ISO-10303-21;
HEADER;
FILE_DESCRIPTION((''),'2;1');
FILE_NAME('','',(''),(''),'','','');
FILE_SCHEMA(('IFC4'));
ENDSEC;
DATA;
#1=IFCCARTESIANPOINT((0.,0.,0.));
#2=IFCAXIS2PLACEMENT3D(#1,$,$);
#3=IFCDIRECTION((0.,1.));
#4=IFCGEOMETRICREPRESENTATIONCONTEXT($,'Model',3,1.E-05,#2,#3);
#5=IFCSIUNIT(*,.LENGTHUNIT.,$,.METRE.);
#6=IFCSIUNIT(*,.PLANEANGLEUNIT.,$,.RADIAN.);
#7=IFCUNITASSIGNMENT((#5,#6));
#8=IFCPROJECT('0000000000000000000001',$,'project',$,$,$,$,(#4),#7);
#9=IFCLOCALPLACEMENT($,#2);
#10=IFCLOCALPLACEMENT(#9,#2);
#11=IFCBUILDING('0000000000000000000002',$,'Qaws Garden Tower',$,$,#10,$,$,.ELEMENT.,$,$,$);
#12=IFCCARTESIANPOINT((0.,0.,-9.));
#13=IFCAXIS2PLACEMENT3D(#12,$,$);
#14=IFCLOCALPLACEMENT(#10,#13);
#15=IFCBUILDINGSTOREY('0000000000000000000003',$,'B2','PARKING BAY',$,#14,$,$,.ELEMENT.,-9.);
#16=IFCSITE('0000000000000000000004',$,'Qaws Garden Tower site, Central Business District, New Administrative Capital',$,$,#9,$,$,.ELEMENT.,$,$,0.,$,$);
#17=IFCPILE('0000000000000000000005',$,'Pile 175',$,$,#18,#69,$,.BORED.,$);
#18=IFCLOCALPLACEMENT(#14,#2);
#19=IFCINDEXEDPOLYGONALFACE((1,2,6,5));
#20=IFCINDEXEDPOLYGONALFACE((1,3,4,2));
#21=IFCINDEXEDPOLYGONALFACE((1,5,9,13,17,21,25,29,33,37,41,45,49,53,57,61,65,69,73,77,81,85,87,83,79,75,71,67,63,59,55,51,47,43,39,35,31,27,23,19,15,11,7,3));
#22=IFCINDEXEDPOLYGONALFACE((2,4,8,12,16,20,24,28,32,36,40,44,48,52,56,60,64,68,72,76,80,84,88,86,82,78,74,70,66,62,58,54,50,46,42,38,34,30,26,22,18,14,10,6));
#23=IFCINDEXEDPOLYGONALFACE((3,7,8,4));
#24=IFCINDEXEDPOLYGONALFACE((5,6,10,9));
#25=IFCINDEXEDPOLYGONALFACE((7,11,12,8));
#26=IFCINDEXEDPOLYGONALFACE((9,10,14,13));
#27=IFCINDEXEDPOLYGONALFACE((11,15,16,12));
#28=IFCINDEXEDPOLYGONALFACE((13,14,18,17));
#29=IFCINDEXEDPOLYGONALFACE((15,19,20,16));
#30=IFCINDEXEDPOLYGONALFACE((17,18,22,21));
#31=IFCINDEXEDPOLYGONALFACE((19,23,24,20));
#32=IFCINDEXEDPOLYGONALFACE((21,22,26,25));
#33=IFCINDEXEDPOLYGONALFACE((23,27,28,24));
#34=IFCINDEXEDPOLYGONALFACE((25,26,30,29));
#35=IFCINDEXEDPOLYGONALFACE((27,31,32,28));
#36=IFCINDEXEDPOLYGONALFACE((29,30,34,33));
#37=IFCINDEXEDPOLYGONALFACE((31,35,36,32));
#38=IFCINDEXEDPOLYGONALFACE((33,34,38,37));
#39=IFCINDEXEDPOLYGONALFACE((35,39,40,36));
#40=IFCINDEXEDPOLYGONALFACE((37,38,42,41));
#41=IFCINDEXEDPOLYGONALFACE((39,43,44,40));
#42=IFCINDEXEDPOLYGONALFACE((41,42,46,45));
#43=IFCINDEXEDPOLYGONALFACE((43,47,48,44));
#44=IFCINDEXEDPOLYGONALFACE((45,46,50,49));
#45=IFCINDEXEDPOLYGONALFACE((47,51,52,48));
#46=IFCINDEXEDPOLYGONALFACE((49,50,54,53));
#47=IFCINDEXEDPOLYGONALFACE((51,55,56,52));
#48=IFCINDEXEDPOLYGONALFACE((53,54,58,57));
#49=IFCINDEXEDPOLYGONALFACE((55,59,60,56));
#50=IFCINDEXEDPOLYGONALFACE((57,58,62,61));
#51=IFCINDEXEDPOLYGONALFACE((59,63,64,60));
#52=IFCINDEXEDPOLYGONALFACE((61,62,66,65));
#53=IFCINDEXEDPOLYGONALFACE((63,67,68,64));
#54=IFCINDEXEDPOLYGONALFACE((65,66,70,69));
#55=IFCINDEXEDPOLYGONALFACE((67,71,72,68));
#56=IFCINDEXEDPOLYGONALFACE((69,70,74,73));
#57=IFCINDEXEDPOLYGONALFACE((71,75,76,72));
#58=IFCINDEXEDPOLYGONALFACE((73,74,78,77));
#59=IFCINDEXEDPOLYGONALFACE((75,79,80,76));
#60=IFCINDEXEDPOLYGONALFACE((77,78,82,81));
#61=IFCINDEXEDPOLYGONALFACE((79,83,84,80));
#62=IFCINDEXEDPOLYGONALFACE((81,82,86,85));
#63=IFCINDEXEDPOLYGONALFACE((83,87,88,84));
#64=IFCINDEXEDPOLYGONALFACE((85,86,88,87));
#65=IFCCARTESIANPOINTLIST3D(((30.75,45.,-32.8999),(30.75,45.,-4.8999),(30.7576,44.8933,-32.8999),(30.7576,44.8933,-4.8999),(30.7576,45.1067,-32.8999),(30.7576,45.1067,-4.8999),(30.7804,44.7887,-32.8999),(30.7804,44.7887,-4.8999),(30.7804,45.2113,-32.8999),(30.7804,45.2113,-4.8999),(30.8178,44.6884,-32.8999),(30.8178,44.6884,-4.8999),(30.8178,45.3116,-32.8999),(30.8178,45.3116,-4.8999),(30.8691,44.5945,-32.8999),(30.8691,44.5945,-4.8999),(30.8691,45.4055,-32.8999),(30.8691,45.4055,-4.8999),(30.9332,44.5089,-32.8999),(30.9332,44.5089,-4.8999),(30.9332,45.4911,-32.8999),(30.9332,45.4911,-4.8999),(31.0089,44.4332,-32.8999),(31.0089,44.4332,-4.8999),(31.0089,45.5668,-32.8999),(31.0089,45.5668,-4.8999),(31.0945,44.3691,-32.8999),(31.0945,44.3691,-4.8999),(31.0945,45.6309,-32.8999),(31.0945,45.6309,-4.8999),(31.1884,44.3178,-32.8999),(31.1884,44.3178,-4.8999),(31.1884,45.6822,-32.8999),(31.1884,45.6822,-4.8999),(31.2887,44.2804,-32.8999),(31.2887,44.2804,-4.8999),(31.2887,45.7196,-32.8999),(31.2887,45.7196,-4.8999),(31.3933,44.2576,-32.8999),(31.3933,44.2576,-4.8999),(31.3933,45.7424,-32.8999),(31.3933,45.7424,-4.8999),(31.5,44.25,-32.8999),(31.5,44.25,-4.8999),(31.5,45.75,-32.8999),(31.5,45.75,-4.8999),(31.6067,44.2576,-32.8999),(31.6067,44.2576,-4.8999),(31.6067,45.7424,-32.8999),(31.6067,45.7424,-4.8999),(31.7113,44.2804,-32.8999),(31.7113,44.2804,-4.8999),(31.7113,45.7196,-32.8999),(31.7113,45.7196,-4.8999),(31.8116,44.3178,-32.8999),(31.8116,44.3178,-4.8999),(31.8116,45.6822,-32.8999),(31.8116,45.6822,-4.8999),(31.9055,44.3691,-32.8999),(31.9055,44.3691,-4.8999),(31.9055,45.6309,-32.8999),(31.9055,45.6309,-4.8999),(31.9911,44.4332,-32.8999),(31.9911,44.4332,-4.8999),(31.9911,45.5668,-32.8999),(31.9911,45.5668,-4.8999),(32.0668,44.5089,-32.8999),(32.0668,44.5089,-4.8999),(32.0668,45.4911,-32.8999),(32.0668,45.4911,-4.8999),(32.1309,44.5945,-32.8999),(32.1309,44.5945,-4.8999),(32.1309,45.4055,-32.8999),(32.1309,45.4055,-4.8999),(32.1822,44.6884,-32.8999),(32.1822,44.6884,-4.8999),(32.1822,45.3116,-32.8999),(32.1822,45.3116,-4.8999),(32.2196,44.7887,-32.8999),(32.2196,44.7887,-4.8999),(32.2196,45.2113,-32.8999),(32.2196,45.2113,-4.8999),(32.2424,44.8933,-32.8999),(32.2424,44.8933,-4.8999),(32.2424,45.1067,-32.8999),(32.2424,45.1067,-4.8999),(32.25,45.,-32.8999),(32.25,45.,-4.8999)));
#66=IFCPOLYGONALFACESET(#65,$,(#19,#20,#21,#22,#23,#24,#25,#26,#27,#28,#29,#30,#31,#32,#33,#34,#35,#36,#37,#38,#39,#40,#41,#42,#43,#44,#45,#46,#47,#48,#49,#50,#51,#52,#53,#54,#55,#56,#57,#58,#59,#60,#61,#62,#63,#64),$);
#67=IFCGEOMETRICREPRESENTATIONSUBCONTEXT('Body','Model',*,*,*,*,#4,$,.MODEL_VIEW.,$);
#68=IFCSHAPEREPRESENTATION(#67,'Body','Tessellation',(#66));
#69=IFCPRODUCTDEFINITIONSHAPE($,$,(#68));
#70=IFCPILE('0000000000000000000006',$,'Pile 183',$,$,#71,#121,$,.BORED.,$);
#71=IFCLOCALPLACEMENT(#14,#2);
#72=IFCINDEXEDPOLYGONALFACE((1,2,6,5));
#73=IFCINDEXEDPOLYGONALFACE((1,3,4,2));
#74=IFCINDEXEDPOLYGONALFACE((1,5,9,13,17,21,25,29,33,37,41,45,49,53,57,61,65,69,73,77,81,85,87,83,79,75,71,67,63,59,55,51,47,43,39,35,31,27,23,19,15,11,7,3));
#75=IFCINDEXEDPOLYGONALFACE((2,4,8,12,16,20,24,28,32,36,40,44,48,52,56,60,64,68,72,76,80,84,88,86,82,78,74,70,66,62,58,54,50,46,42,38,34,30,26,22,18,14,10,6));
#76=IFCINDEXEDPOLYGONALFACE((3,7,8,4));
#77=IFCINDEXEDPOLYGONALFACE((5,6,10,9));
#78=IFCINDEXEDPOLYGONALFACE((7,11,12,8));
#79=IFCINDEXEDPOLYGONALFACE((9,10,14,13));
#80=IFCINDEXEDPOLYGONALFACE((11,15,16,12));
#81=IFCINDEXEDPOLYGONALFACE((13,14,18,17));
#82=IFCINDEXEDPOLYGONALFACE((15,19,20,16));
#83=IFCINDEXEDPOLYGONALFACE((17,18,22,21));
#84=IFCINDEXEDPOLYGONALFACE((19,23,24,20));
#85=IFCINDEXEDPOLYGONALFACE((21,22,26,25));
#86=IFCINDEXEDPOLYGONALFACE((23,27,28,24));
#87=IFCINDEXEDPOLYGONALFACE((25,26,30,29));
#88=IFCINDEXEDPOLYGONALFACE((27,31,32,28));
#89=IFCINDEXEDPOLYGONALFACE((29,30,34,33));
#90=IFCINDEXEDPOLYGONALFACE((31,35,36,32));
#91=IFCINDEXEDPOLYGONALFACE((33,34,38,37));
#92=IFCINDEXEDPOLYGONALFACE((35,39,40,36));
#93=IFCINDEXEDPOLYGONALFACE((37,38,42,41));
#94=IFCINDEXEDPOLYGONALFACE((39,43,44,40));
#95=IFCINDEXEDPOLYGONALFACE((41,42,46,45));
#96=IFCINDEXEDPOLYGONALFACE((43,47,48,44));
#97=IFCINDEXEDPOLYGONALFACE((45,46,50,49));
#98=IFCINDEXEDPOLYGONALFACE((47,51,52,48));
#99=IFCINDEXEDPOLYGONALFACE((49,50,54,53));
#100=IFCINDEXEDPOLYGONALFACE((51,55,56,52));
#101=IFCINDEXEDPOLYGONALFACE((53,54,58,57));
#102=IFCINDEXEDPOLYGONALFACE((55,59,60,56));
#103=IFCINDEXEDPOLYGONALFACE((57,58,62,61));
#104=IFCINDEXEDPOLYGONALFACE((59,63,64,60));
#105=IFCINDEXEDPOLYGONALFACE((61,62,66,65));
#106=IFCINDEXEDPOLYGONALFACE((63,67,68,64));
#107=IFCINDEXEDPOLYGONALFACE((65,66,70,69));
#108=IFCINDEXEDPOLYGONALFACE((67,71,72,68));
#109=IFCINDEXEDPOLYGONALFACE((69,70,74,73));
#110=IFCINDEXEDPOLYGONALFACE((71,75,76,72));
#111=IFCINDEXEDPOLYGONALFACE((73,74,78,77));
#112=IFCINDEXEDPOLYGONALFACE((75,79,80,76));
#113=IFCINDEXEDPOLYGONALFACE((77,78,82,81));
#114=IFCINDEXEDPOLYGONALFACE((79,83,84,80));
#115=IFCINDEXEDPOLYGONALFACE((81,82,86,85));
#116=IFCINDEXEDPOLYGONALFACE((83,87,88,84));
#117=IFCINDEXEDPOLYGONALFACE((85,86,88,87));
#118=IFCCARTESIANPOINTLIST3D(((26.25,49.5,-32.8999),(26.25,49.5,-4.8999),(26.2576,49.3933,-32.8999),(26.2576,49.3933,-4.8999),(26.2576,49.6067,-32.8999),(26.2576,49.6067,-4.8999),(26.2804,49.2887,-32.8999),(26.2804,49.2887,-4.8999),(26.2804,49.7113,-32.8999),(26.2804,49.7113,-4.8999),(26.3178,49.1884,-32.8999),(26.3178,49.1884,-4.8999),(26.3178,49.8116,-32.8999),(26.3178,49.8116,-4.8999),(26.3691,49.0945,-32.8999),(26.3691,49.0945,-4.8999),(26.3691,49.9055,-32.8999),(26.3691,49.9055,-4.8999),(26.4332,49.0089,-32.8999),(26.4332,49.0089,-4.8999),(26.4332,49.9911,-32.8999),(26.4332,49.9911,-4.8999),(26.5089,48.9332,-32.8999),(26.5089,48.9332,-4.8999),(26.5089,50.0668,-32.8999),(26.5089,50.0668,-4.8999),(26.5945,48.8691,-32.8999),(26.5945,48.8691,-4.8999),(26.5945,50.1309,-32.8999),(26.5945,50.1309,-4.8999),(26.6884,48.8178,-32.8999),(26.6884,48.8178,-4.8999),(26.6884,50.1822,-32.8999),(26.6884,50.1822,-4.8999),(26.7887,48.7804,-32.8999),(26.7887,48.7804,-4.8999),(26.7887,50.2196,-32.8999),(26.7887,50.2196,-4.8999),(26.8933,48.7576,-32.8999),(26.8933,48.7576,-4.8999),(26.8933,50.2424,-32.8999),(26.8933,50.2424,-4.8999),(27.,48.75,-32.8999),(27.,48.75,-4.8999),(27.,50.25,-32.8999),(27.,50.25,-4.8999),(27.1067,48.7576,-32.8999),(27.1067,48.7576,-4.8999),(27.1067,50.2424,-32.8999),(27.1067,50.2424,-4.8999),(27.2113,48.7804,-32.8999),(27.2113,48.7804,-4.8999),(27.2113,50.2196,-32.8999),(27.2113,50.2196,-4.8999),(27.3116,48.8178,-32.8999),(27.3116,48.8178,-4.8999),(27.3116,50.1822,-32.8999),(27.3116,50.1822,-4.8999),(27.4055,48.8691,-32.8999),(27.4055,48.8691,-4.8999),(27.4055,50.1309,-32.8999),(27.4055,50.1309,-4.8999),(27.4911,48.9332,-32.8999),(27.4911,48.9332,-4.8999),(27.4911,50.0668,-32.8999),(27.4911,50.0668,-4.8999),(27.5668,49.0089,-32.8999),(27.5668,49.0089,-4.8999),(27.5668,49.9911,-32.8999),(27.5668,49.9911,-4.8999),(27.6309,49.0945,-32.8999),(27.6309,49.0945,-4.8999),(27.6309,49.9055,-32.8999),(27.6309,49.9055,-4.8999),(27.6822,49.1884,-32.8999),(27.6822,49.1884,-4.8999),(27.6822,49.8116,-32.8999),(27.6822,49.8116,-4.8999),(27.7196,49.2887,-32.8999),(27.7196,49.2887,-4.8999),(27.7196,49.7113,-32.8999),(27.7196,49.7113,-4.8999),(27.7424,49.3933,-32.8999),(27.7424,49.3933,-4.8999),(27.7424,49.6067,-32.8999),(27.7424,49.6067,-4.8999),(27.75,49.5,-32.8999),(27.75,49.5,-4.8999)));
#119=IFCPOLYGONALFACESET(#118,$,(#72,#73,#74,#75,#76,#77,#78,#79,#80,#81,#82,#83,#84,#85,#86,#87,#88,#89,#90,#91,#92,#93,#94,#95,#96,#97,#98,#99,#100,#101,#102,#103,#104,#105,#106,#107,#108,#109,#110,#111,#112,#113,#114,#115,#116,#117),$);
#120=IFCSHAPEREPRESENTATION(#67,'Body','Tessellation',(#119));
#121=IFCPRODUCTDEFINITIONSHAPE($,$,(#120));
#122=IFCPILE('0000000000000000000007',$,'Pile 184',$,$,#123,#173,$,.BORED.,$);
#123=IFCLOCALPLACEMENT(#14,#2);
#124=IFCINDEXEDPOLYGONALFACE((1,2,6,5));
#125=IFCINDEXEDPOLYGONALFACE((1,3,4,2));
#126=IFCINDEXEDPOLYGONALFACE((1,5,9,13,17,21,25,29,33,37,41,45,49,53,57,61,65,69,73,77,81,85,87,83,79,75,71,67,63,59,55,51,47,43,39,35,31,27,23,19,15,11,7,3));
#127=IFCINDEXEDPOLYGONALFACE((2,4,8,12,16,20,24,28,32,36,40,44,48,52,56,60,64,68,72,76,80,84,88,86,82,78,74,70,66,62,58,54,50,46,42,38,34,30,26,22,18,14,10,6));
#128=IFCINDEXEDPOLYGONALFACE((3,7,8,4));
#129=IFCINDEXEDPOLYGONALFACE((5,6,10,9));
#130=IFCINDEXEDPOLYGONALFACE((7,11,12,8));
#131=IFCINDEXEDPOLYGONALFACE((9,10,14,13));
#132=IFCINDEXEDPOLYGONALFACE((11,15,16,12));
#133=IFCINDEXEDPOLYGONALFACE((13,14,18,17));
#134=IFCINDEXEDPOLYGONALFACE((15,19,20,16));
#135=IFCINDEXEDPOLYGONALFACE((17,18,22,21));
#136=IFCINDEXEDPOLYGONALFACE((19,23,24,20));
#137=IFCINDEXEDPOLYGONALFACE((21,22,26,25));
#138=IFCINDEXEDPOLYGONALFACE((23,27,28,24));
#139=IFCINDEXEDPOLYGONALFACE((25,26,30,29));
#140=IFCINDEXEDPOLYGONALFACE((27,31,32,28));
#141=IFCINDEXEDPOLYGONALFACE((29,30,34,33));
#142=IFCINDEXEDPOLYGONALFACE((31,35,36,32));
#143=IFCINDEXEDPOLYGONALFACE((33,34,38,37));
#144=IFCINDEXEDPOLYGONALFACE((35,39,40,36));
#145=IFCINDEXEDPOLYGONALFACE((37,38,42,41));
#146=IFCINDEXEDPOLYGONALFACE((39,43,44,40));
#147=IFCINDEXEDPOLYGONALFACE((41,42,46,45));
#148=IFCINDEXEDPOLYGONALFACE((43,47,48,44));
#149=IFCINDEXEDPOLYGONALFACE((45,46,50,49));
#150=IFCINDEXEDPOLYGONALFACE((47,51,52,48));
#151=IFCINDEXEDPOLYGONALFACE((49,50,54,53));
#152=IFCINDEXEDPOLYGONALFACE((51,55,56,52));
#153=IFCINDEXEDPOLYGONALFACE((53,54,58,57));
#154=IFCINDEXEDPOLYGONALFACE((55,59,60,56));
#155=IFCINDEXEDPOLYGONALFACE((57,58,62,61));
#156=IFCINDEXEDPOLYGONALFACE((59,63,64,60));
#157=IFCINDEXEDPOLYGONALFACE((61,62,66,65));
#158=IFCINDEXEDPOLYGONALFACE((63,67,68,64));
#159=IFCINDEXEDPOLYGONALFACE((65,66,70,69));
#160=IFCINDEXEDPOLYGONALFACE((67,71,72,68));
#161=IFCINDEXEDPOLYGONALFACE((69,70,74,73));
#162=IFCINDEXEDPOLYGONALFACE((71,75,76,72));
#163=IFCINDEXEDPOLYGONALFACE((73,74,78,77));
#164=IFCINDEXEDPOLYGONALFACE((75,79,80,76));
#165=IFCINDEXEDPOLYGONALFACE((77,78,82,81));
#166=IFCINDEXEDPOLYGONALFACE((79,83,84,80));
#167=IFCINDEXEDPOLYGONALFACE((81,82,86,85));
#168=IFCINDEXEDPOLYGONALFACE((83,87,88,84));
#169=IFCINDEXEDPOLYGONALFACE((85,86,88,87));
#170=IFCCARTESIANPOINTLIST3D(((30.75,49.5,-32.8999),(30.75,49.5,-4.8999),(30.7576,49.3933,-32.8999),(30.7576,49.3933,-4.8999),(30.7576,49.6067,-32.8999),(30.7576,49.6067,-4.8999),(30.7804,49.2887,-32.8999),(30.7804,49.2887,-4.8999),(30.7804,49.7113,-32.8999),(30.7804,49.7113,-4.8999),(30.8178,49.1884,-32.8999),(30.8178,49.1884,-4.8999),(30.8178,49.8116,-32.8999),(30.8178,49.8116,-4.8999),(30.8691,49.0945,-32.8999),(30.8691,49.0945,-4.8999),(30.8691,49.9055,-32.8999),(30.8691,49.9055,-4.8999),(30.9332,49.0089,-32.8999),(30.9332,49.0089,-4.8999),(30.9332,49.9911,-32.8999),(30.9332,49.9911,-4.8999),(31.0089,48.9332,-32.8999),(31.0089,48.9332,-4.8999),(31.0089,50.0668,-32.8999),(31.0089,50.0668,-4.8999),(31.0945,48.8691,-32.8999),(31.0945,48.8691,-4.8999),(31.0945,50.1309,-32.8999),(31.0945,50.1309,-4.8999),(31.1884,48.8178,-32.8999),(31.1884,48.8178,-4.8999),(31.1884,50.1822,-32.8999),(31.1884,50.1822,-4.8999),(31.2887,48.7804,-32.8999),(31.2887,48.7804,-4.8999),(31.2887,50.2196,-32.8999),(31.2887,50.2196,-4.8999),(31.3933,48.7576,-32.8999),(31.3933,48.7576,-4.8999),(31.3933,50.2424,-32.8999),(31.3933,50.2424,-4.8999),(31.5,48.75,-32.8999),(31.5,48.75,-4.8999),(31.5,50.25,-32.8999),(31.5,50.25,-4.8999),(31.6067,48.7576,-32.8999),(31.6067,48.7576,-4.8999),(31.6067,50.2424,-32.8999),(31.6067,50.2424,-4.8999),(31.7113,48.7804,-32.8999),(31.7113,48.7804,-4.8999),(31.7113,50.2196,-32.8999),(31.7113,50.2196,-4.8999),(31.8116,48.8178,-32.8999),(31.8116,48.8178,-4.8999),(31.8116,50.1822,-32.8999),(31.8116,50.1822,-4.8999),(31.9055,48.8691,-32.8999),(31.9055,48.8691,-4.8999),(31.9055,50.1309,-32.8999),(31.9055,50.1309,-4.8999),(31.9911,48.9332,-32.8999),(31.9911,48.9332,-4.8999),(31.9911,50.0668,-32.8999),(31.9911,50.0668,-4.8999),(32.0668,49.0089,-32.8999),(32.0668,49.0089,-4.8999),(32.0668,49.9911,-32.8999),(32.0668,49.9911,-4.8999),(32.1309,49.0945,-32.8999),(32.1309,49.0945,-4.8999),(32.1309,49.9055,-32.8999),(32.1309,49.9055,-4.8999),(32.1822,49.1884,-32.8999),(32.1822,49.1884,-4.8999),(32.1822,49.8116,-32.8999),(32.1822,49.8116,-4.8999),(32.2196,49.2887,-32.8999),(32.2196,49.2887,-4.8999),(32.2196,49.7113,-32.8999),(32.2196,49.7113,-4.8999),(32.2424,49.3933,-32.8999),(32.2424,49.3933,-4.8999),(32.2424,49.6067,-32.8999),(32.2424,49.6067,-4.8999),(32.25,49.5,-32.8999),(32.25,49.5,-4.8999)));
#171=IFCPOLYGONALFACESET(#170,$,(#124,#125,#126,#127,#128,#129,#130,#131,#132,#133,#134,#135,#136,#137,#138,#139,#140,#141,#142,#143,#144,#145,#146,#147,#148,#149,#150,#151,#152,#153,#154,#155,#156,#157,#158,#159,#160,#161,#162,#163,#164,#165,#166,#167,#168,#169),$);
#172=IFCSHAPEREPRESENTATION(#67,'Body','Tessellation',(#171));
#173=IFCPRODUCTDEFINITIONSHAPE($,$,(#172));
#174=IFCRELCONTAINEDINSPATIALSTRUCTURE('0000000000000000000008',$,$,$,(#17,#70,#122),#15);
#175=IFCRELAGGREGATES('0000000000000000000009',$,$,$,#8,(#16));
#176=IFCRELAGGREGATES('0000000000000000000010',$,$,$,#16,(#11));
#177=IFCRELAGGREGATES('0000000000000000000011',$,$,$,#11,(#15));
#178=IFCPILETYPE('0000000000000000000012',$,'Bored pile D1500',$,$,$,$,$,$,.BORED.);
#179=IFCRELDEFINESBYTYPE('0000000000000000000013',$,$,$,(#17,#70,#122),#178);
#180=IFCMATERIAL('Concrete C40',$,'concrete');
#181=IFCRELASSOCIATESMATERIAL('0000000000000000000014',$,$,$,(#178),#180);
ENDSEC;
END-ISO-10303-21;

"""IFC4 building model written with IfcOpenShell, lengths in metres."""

from ifc_helpers import new_model, si_unit, direction, frame, origin, origin_2d, place, context, subcontext, project, spatial, circle, extrude, material, material_profile, profile_set, type_object, element, save


model = new_model("IFC4")

# Units and contexts
model_context = context("Model", 3, precision=1e-05, world=origin(), true_north=direction((0.0, 1.0)))
body_context = subcontext(model_context, "Body", "Model", "MODEL_VIEW")
ifc_project = project(units=[si_unit("LENGTHUNIT", "METRE"), si_unit("PLANEANGLEUNIT", "RADIAN")], contexts=[model_context])

# Site, building, storey
site_placement = place(None, origin())
site = spatial("IfcSite", under=ifc_project, at=site_placement, Name="Qaws Garden Tower site, Central Business District, New Administrative Capital", CompositionType="ELEMENT", RefElevation=0.0)
building_placement = place(site_placement, origin())
building = spatial("IfcBuilding", under=site, at=building_placement, Name="Qaws Garden Tower", CompositionType="ELEMENT")
storey_placement = place(building_placement, frame((0.0, 0.0, -9.0)))
storey = spatial("IfcBuildingStorey", under=building, at=storey_placement, Name="B2", Description="PARKING BAY", CompositionType="ELEMENT", Elevation=-9.0)

# Piles
ifc_material_1 = material(Name="Concrete C40", Category="concrete")
ifc_material_profile_1 = material_profile(ifc_material_1, circle(Radius=0.75, at=origin_2d()), Name="Bored pile D1500")
ifc_profile_set_1 = profile_set([ifc_material_profile_1], Name="Concrete C40")
pile_type = type_object("IfcPileType", Name="Bored pile D1500", PredefinedType="BORED", material=ifc_profile_set_1)
for number, where, z_axis, x_axis, name in (
    (1, (31.5, 45.0, -4.8999), (0.0, 0.0, -1.0), (1.0, 0.0, 0.0), "Pile 175"),
    (2, (27.0, 49.5, -4.8999), (0.0, 0.0, -1.0), (1.0, 0.0, 0.0), "Pile 183"),
    (3, (31.5, 49.5, -4.8999), (0.0, 0.0, -1.0), (1.0, 0.0, 0.0), "Pile 184"),
):
    element("IfcPile", number, at=place(storey_placement, frame(where, z_axis=z_axis, x_axis=x_axis)), inside=storey, type_object=pile_type, Name=name, PredefinedType="BORED", context=body_context, shape_type="SweptSolid", body=[
        extrude(circle(Radius=0.75, at=origin_2d()), origin(), (0.0, 0.0, 1.0), 28.0),
    ])

save(model, "model.ifc")
